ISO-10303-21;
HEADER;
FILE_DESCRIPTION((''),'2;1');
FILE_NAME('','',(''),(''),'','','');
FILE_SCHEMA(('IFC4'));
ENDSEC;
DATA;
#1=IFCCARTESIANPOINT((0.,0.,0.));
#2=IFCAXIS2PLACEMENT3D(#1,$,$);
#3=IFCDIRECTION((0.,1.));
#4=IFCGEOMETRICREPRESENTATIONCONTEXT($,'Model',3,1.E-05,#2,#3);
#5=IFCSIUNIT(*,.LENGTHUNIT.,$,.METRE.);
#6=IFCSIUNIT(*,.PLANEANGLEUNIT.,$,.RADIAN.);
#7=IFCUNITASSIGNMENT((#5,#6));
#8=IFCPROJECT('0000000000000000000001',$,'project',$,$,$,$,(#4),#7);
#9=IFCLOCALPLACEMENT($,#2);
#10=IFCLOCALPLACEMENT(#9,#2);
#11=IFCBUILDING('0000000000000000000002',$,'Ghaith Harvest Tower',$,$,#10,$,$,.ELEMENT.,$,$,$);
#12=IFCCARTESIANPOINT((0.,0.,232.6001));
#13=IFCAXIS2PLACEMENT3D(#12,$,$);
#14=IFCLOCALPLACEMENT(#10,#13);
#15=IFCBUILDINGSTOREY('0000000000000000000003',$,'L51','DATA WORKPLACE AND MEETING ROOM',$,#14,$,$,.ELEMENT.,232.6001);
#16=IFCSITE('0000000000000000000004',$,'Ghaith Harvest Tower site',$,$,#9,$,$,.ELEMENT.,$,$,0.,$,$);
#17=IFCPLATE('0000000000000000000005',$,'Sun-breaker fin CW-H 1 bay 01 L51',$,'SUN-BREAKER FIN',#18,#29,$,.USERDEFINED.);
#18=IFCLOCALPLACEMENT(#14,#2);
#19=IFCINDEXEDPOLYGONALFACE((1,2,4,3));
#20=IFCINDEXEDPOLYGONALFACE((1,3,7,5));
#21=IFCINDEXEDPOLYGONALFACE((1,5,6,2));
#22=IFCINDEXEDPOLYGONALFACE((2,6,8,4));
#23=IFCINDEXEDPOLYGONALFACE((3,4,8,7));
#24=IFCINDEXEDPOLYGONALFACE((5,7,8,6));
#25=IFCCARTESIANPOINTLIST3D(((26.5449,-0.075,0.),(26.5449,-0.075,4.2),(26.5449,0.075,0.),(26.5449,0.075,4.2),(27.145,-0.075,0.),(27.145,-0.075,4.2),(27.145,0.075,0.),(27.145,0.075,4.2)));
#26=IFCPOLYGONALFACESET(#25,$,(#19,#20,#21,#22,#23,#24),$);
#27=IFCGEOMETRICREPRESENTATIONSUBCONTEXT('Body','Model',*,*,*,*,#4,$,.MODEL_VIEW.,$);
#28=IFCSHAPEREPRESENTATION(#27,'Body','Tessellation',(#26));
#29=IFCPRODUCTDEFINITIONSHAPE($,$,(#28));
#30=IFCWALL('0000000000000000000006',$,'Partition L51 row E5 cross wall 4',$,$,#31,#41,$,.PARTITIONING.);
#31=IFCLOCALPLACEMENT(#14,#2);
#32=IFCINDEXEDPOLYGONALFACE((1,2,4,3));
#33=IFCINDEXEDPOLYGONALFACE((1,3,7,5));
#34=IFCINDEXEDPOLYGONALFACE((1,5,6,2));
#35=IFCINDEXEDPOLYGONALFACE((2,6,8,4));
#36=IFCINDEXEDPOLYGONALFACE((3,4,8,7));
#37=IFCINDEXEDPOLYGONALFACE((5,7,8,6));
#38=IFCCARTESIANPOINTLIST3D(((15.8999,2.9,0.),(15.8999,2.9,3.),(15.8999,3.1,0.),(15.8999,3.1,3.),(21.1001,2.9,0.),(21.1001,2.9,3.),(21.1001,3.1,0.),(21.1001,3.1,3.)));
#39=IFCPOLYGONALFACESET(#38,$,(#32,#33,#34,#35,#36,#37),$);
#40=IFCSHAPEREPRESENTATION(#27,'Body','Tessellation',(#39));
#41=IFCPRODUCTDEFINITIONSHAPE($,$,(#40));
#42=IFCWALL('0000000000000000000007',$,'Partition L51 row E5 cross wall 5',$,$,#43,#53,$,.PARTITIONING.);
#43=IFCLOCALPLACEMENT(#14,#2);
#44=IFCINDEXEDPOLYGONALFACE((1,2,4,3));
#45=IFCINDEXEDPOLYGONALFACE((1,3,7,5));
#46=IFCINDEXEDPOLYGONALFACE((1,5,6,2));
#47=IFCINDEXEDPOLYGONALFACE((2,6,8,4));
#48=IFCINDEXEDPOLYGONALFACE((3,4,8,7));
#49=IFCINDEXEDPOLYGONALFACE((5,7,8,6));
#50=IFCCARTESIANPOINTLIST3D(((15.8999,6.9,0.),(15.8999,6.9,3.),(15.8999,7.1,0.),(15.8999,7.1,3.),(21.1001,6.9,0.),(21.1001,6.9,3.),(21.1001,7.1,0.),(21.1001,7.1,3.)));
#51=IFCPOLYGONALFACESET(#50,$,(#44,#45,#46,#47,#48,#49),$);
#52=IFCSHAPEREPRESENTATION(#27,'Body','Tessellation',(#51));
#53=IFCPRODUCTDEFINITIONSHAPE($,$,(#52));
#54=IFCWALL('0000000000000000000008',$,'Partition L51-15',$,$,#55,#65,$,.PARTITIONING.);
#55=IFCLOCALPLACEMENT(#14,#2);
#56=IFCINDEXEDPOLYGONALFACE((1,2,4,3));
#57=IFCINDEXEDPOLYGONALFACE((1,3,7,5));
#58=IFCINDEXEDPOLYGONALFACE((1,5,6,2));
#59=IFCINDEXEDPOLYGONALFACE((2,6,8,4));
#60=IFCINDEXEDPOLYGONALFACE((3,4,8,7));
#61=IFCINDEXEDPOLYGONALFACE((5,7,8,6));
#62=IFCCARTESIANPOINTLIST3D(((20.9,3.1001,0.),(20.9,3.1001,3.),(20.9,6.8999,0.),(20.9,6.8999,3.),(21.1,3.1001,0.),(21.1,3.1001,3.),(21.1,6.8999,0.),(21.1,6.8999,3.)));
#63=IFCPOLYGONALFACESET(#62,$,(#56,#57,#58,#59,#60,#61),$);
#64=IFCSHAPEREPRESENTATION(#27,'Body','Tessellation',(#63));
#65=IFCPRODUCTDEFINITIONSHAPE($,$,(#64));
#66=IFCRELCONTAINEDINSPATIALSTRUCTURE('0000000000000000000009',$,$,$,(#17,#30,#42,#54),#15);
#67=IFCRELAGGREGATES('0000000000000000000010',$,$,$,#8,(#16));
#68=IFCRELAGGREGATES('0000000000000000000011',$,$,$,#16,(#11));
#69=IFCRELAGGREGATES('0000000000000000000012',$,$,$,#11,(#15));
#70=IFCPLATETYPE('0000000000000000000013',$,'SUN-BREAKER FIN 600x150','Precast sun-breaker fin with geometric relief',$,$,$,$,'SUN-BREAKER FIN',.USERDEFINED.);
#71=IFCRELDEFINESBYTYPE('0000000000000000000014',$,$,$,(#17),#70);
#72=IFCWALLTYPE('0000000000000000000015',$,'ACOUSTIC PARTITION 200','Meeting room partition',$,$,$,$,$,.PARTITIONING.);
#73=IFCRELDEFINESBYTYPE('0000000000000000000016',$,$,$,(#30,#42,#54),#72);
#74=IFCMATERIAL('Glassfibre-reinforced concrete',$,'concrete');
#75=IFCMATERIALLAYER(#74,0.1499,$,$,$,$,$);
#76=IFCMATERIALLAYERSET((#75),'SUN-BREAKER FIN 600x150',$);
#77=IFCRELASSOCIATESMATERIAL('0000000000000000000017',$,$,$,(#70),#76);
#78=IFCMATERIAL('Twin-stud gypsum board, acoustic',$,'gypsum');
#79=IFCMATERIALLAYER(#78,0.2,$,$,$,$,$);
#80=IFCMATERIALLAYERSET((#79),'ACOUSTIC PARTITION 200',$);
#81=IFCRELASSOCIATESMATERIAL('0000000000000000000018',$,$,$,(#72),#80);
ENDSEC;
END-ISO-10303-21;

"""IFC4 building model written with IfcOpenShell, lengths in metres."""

from ifc_helpers import new_model, si_unit, direction, frame, frame_2d, origin, origin_2d, place, context, subcontext, project, spatial, rectangle, extrude, material, layer, layer_set, type_object, element, save


model = new_model("IFC4")

# Units and contexts
model_context = context("Model", 3, precision=1e-05, world=origin(), true_north=direction((0.0, 1.0)))
body_context = subcontext(model_context, "Body", "Model", "MODEL_VIEW")
ifc_project = project(units=[si_unit("LENGTHUNIT", "METRE"), si_unit("PLANEANGLEUNIT", "RADIAN")], contexts=[model_context])

# Site, building, storey
site_placement = place(None, origin())
site = spatial("IfcSite", under=ifc_project, at=site_placement, Name="Ghaith Harvest Tower site", CompositionType="ELEMENT", RefElevation=0.0)
building_placement = place(site_placement, origin())
building = spatial("IfcBuilding", under=site, at=building_placement, Name="Ghaith Harvest Tower", CompositionType="ELEMENT")
storey_placement = place(building_placement, frame((0.0, 0.0, 232.6001)))
storey = spatial("IfcBuildingStorey", under=building, at=storey_placement, Name="L51", Description="DATA WORKPLACE AND MEETING ROOM", CompositionType="ELEMENT", Elevation=232.6001)

# Plate
ifc_material_1 = material(Name="Glassfibre-reinforced concrete", Category="concrete")
ifc_layer_1 = layer(ifc_material_1, 0.1499)
ifc_layer_set_1 = layer_set([ifc_layer_1], Name="SUN-BREAKER FIN 600x150")
plate_type_1 = type_object("IfcPlateType", Name="SUN-BREAKER FIN 600x150", Description="Precast sun-breaker fin with geometric relief", ElementType="SUN-BREAKER FIN", PredefinedType="USERDEFINED", material=ifc_layer_set_1)
plate_1_placement = place(storey_placement, frame((26.845, 0.0, 0.0), z_axis=(0.0, 0.0, 1.0), x_axis=(1.0, 0.0, 0.0)))
element("IfcPlate", 1, at=plate_1_placement, inside=storey, type_object=plate_type_1, Name="Sun-breaker fin CW-H 1 bay 01 L51", ObjectType="SUN-BREAKER FIN", PredefinedType="USERDEFINED", context=body_context, shape_type="SweptSolid", body=[
    extrude(rectangle(XDim=0.6001, YDim=0.1499, at=origin_2d()), origin(), (0.0, 0.0, 1.0), 4.2),
])

# Walls
ifc_material_2 = material(Name="Twin-stud gypsum board, acoustic", Category="gypsum")
ifc_layer_2 = layer(ifc_material_2, 0.2)
ifc_layer_set_2 = layer_set([ifc_layer_2], Name="ACOUSTIC PARTITION 200")
wall_type = type_object("IfcWallType", Name="ACOUSTIC PARTITION 200", Description="Meeting room partition", PredefinedType="PARTITIONING", material=ifc_layer_set_2)
for number, where, z_axis, x_axis, name in (
    (2, (15.8999, 3.0, 0.0), (0.0, 0.0, 1.0), (1.0, 0.0, 0.0), "Partition L51 row E5 cross wall 4"),
    (3, (15.8999, 7.0, 0.0), (0.0, 0.0, 1.0), (1.0, 0.0, 0.0), "Partition L51 row E5 cross wall 5"),
):
    element("IfcWall", number, at=place(storey_placement, frame(where, z_axis=z_axis, x_axis=x_axis)), inside=storey, type_object=wall_type, Name=name, PredefinedType="PARTITIONING", context=body_context, shape_type="SweptSolid", body=[
        extrude(rectangle(XDim=5.2002, YDim=0.2, at=frame_2d((2.6001, 0.0))), origin(), (0.0, 0.0, 1.0), 3.0),
    ])

# Wall
wall_1_placement = place(storey_placement, frame((21.0, 3.1001, 0.0), z_axis=(0.0, 0.0, 1.0), x_axis=(0.0, 1.0, 0.0)))
element("IfcWall", 4, at=wall_1_placement, inside=storey, type_object=wall_type, Name="Partition L51-15", PredefinedType="PARTITIONING", context=body_context, shape_type="SweptSolid", body=[
    extrude(rectangle(XDim=3.7998, YDim=0.2, at=frame_2d((1.8999, 0.0))), origin(), (0.0, 0.0, 1.0), 3.0),
])

save(model, "model.ifc")
